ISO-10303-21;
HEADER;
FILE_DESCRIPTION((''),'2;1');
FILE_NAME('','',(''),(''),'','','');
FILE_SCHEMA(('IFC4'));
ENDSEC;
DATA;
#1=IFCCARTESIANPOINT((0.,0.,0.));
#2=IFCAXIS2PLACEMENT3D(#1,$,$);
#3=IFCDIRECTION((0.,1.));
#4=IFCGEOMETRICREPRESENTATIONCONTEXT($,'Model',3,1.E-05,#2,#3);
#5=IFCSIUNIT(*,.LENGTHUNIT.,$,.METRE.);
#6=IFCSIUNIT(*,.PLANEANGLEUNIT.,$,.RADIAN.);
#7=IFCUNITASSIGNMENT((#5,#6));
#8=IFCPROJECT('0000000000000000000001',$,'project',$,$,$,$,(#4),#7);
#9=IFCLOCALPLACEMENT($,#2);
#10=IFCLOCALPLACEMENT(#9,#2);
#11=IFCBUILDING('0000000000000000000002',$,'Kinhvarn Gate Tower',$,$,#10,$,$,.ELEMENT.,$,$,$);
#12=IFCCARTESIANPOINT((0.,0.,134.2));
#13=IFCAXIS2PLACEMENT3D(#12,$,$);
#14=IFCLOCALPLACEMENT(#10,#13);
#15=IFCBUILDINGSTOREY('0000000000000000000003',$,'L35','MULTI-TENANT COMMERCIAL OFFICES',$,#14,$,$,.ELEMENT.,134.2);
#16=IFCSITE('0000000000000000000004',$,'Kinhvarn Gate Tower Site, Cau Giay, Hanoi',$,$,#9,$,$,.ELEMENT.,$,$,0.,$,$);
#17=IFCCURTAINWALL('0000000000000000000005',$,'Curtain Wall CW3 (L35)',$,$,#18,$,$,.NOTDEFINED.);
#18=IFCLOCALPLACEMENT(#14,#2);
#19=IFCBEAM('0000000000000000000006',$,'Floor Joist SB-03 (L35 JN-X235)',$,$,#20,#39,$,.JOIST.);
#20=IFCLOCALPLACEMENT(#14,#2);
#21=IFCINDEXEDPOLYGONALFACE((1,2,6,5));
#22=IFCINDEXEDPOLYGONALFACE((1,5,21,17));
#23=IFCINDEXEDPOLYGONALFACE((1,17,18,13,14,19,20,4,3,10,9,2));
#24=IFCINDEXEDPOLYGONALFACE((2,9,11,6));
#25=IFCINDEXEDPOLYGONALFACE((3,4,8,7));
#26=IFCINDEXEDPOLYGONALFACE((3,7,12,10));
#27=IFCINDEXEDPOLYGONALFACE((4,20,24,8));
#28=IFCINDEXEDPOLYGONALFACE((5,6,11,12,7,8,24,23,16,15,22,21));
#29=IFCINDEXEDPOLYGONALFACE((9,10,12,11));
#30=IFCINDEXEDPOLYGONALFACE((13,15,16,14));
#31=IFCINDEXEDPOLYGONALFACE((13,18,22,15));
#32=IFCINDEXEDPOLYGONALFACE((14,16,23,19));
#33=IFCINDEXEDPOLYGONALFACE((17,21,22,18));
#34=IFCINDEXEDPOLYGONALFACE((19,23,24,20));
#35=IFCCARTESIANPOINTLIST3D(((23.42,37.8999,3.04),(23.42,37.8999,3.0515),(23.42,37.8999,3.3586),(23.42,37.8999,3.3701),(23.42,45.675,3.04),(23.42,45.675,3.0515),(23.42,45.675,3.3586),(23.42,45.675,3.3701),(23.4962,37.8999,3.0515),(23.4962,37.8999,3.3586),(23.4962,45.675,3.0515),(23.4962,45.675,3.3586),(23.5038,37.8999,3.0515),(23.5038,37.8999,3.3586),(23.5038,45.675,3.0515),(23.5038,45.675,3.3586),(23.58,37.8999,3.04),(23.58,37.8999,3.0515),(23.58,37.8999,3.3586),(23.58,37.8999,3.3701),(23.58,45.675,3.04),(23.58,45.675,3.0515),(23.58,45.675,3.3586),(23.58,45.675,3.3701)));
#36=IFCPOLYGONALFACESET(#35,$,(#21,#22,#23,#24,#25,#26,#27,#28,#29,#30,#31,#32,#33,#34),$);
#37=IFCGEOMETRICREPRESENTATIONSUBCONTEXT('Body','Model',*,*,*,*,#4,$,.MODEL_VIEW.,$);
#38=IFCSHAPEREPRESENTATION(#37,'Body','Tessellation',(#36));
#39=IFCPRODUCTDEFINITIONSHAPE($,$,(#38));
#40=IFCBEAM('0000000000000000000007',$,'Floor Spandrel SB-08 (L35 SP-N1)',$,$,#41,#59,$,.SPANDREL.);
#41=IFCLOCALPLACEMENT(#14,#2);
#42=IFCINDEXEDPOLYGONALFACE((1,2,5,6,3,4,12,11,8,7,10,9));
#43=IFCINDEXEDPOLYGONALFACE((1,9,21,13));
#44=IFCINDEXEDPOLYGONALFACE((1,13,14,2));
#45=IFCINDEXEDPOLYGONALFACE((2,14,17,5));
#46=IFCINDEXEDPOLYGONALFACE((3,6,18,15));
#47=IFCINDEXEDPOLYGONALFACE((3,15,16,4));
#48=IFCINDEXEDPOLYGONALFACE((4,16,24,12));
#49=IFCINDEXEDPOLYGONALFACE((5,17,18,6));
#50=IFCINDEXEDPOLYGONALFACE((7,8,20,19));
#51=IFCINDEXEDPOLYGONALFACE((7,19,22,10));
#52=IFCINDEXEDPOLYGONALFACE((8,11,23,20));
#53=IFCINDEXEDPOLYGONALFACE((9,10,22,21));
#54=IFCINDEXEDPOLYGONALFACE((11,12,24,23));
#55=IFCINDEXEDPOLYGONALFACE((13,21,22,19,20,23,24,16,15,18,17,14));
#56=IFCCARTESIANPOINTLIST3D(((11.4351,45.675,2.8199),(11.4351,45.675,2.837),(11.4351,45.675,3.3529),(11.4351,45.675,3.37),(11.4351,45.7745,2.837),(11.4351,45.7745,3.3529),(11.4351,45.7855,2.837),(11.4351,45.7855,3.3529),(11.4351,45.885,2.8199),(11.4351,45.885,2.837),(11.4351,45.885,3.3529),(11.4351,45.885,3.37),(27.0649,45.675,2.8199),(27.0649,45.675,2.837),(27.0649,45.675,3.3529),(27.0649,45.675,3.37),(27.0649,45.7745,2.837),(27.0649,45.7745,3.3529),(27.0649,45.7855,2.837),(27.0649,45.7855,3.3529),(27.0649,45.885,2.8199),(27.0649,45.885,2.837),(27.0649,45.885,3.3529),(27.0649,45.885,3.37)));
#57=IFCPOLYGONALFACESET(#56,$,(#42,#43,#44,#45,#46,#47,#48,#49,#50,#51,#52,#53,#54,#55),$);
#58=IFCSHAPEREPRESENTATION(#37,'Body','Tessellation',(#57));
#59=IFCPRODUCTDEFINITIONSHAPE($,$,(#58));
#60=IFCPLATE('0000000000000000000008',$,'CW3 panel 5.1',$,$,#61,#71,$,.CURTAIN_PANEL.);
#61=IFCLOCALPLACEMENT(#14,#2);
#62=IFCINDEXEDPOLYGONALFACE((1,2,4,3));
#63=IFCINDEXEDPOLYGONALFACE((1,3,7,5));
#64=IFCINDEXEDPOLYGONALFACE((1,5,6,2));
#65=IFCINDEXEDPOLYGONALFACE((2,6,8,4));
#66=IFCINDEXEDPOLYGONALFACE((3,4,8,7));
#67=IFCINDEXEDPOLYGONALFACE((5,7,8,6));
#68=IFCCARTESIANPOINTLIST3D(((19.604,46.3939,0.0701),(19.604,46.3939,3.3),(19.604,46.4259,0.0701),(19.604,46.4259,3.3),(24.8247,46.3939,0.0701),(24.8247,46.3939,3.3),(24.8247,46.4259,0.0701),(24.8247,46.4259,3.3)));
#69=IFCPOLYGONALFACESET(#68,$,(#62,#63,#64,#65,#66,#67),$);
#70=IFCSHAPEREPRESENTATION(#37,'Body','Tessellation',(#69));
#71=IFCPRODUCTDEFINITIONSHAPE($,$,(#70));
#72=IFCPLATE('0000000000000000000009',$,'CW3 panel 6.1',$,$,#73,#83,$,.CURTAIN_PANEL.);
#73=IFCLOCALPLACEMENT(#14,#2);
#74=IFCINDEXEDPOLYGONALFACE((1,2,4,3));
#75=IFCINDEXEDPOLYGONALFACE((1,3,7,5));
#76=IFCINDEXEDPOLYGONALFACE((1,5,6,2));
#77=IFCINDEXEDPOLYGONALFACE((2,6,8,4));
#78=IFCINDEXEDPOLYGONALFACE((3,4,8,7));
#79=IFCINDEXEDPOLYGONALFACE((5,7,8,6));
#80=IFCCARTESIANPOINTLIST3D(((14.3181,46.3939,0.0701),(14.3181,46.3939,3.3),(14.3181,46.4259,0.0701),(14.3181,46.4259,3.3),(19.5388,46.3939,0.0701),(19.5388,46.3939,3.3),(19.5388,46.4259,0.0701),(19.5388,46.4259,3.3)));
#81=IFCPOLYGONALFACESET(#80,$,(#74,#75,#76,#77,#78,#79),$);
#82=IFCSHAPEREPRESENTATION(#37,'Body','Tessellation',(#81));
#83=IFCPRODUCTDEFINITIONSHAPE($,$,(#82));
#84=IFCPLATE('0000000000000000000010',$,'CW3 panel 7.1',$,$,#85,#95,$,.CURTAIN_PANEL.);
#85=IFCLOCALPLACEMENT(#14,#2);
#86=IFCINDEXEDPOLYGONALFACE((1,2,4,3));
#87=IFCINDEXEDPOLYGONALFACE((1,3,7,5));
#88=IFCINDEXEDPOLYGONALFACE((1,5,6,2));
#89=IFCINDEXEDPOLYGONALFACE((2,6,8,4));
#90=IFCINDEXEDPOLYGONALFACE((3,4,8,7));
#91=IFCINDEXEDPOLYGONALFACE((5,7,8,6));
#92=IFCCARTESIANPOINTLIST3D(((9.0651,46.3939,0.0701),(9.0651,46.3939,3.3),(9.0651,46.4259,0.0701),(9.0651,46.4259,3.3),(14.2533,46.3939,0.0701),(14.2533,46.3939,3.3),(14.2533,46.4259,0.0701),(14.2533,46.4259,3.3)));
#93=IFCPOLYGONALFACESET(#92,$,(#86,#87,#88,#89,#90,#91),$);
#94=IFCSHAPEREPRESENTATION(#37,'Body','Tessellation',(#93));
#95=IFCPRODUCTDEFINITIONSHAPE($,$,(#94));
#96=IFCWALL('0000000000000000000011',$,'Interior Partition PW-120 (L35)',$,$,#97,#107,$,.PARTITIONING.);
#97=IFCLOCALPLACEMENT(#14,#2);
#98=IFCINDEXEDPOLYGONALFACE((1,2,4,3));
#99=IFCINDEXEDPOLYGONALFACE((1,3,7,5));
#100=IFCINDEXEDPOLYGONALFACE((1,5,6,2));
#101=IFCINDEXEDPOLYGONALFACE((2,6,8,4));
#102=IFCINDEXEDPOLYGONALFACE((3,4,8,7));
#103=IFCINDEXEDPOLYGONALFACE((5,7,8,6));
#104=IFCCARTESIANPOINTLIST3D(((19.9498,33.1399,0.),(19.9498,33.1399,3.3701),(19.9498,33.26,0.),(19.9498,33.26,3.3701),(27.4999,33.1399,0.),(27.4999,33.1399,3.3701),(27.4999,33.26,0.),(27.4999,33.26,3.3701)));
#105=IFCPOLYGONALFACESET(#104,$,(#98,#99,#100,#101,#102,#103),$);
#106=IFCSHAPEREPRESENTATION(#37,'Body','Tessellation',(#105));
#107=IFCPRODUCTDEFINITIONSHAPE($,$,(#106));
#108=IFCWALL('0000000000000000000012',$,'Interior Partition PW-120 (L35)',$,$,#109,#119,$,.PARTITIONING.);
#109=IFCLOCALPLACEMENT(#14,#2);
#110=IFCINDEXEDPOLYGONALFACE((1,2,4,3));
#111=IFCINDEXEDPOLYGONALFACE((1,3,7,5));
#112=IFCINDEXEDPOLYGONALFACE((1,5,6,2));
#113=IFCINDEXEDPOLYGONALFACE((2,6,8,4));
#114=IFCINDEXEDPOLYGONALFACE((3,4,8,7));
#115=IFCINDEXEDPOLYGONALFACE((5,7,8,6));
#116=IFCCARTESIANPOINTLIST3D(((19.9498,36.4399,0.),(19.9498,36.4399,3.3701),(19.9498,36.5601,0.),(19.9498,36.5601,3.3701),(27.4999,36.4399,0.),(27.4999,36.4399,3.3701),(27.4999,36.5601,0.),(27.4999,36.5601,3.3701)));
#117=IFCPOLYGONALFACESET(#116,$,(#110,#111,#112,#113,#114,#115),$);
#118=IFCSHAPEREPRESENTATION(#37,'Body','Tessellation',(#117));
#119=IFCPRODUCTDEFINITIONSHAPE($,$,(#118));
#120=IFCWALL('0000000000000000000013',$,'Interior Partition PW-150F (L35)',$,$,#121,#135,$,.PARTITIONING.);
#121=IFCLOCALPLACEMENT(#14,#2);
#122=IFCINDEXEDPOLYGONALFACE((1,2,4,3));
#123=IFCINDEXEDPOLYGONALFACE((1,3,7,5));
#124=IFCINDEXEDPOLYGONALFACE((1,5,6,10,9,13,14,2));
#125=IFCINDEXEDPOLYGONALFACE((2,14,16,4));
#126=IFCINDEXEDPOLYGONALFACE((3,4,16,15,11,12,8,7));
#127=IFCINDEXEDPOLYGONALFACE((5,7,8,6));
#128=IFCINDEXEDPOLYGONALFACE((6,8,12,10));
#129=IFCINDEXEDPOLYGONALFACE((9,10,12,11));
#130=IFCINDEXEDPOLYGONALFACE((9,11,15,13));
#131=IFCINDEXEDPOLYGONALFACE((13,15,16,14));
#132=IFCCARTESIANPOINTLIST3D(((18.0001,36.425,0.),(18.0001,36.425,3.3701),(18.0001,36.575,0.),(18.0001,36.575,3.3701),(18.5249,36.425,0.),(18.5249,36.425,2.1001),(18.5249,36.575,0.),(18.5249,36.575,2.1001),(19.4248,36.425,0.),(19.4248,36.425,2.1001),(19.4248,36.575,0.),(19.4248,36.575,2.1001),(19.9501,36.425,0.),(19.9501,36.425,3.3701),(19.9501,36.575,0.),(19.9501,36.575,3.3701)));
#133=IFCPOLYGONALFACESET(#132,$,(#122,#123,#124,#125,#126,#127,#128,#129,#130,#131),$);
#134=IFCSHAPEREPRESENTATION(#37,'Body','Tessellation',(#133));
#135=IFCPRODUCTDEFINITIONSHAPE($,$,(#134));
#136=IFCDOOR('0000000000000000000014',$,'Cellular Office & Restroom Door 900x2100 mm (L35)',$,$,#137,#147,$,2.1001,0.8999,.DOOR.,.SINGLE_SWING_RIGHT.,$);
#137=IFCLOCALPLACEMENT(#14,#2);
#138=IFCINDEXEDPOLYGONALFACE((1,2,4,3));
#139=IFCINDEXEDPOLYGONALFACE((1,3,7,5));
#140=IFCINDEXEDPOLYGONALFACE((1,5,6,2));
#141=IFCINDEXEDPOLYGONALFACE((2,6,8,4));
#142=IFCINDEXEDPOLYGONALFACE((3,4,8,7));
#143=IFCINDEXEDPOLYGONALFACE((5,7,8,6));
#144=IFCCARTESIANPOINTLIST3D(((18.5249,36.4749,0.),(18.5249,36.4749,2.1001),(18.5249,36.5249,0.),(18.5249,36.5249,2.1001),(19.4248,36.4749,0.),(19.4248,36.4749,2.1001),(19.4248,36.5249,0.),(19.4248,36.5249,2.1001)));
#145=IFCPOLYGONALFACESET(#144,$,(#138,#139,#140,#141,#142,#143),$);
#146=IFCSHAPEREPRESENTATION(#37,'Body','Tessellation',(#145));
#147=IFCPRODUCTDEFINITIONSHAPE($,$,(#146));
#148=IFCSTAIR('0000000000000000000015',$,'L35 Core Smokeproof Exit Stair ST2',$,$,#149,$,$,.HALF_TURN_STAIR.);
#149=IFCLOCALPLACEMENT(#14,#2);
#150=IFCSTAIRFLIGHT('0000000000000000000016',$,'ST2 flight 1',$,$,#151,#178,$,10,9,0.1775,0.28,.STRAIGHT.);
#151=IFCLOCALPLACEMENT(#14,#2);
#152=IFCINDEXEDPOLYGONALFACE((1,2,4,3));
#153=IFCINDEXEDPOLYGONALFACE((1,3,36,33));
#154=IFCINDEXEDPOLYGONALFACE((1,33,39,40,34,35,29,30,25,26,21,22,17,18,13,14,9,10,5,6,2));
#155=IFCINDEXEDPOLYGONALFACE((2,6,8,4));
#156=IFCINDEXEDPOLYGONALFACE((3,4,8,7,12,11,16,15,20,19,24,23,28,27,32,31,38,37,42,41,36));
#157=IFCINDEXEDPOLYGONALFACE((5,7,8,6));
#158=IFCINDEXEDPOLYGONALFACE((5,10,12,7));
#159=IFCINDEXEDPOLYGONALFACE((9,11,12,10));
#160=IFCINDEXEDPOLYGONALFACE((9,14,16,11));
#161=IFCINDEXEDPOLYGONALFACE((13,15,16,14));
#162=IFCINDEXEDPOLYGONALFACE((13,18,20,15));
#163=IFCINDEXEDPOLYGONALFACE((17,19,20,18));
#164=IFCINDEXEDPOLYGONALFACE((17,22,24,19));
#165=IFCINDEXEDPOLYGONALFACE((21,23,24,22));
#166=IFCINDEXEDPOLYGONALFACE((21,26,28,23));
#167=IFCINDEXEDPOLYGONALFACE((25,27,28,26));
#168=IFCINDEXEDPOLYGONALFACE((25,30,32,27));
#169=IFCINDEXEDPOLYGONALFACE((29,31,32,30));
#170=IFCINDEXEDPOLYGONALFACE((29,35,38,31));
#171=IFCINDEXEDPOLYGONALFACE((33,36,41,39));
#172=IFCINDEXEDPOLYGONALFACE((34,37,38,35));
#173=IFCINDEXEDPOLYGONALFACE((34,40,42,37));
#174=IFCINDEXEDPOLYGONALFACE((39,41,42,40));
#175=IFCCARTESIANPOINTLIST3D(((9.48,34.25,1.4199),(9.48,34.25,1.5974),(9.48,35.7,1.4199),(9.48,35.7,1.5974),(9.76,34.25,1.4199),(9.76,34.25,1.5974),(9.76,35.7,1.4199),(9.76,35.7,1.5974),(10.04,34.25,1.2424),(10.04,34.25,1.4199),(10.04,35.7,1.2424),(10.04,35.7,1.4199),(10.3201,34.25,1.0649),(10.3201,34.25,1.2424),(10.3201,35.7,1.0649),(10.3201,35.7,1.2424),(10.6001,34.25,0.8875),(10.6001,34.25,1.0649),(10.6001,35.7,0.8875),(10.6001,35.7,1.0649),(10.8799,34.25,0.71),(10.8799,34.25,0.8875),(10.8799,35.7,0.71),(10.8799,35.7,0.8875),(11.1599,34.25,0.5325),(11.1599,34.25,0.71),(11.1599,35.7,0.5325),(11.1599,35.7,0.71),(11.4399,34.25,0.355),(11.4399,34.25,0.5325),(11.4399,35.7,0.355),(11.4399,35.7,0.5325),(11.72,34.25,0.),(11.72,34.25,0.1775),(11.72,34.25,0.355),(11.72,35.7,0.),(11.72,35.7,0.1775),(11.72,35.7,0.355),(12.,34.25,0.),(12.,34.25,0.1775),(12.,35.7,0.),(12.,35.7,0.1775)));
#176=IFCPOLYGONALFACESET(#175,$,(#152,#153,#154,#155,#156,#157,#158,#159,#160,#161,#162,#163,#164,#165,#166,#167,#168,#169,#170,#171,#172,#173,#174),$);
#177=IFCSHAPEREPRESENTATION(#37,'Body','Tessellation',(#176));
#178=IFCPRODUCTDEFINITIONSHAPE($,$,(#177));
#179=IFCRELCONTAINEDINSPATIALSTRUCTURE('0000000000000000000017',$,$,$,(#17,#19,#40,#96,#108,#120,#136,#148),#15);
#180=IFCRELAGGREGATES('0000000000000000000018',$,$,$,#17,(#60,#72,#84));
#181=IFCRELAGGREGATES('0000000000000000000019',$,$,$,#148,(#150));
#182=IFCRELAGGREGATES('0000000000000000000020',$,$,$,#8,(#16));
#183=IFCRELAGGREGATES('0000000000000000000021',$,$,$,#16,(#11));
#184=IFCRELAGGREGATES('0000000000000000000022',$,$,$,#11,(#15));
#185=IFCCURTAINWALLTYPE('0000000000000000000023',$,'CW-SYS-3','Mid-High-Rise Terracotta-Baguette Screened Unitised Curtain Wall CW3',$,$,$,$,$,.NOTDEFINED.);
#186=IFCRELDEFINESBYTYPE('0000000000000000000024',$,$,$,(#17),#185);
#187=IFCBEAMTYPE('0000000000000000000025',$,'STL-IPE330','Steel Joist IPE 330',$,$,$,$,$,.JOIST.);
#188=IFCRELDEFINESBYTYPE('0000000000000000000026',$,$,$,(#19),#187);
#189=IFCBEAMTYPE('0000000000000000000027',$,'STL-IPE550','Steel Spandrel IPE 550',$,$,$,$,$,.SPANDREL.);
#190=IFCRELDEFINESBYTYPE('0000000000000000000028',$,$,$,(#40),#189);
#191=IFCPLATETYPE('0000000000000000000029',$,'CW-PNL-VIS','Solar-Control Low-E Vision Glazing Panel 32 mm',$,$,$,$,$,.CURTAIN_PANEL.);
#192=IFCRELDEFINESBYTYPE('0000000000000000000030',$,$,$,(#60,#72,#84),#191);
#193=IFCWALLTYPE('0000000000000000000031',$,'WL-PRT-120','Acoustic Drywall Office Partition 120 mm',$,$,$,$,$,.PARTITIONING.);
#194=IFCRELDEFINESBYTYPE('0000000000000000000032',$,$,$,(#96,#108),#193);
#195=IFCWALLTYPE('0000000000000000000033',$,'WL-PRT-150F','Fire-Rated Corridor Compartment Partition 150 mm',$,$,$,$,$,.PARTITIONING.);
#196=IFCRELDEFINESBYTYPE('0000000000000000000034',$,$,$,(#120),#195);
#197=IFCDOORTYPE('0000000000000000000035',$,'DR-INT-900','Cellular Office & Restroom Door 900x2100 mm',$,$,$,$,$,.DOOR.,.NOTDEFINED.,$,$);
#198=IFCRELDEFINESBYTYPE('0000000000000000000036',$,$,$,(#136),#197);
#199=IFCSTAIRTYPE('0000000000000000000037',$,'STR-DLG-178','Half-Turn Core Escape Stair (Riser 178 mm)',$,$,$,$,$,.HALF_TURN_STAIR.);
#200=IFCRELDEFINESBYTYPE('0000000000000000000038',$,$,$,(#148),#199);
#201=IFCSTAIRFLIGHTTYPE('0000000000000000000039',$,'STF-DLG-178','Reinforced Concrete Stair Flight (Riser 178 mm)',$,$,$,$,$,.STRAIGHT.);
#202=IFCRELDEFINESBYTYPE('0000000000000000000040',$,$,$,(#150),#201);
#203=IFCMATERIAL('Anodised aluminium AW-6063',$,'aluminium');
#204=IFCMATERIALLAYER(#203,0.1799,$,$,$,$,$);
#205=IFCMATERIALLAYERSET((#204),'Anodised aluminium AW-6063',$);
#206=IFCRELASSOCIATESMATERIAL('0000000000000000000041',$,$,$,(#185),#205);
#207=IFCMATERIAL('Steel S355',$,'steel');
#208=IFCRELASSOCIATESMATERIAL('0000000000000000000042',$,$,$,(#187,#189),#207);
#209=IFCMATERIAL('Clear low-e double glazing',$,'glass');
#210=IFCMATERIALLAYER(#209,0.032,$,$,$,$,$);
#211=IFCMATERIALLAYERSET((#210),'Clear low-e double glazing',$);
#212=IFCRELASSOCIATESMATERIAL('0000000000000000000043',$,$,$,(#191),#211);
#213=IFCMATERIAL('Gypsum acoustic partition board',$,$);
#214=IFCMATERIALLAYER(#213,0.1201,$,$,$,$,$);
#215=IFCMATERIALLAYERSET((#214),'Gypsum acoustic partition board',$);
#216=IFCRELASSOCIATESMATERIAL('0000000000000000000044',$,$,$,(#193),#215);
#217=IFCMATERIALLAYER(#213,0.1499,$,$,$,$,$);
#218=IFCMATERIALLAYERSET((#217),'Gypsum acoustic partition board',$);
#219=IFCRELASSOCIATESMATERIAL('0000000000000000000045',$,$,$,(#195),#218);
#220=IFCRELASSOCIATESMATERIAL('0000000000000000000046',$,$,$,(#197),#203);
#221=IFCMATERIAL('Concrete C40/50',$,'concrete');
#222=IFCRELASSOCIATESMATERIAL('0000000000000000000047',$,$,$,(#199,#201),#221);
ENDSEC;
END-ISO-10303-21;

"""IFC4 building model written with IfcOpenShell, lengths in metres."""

from ifc_helpers import new_model, si_unit, direction, frame, frame_2d, origin, origin_2d, place, context, subcontext, project, spatial, polyline, rectangle, i_section, outline, extrude, material, layer, layer_set, material_profile, profile_set, type_object, element, fill, aggregate, save


model = new_model("IFC4")

# Units and contexts
model_context = context("Model", 3, precision=1e-05, world=origin(), true_north=direction((0.0, 1.0)))
body_context = subcontext(model_context, "Body", "Model", "MODEL_VIEW")
ifc_project = project(units=[si_unit("LENGTHUNIT", "METRE"), si_unit("PLANEANGLEUNIT", "RADIAN")], contexts=[model_context])

# Site, building, storey
site_placement = place(None, origin())
site = spatial("IfcSite", under=ifc_project, at=site_placement, Name="Kinhvarn Gate Tower Site, Cau Giay, Hanoi", CompositionType="ELEMENT", RefElevation=0.0)
building_placement = place(site_placement, origin())
building = spatial("IfcBuilding", under=site, at=building_placement, Name="Kinhvarn Gate Tower", CompositionType="ELEMENT")
storey_placement = place(building_placement, frame((0.0, 0.0, 134.2)))
storey = spatial("IfcBuildingStorey", under=building, at=storey_placement, Name="L35", Description="MULTI-TENANT COMMERCIAL OFFICES", CompositionType="ELEMENT", Elevation=134.2)

# Curtain wall
ifc_material_1 = material(Name="Anodised aluminium AW-6063", Category="aluminium")
ifc_layer_1 = layer(ifc_material_1, 0.1799)
ifc_layer_set_1 = layer_set([ifc_layer_1], Name="Anodised aluminium AW-6063")
curtain_wall_type = type_object("IfcCurtainWallType", Name="CW-SYS-3", Description="Mid-High-Rise Terracotta-Baguette Screened Unitised Curtain Wall CW3", PredefinedType="NOTDEFINED", material=ifc_layer_set_1)
curtain_wall_placement = place(storey_placement, origin())
curtain_wall = element("IfcCurtainWall", 1, at=curtain_wall_placement, inside=storey, type_object=curtain_wall_type, Name="Curtain Wall CW3 (L35)", PredefinedType="NOTDEFINED")

# Beams
ifc_material_2 = material(Name="Steel S355", Category="steel")
ifc_material_profile_1 = material_profile(ifc_material_2, i_section(OverallWidth=0.1599, OverallDepth=0.3301, WebThickness=0.0076, FlangeThickness=0.0115, at=origin_2d()), Name="IPE 330")
ifc_profile_set_1 = profile_set([ifc_material_profile_1], Name="Steel S355")
beam_type_1 = type_object("IfcBeamType", Name="STL-IPE330", Description="Steel Joist IPE 330", PredefinedType="JOIST", material=ifc_profile_set_1)
for number, where, z_axis, x_axis, name in (
    (2, (23.5, 37.8999, 3.2051), (0.0, 1.0, 0.0), (-1.0, 0.0, 0.0), "Floor Joist SB-03 (L35 JN-X235)"),
):
    element("IfcBeam", number, at=place(storey_placement, frame(where, z_axis=z_axis, x_axis=x_axis)), inside=storey, type_object=beam_type_1, Name=name, PredefinedType="JOIST", context=body_context, shape_type="SweptSolid", body=[
        extrude(i_section(OverallWidth=0.1599, OverallDepth=0.3301, WebThickness=0.0076, FlangeThickness=0.0115, at=origin_2d()), origin(), (0.0, 0.0, 1.0), 7.7751),
    ])
ifc_material_profile_2 = material_profile(ifc_material_2, i_section(OverallWidth=0.21, OverallDepth=0.55, WebThickness=0.011, FlangeThickness=0.0171, at=origin_2d()), Name="IPE 550")
ifc_profile_set_2 = profile_set([ifc_material_profile_2], Name="Steel S355")
beam_type_2 = type_object("IfcBeamType", Name="STL-IPE550", Description="Steel Spandrel IPE 550", PredefinedType="SPANDREL", material=ifc_profile_set_2)
beam_1_placement = place(storey_placement, frame((11.4351, 45.78, 3.095), z_axis=(1.0, 0.0, 0.0), x_axis=(0.0, 1.0, 0.0)))
element("IfcBeam", 3, at=beam_1_placement, inside=storey, type_object=beam_type_2, Name="Floor Spandrel SB-08 (L35 SP-N1)", PredefinedType="SPANDREL", context=body_context, shape_type="SweptSolid", body=[
    extrude(i_section(OverallWidth=0.21, OverallDepth=0.55, WebThickness=0.011, FlangeThickness=0.0171, at=origin_2d()), origin(), (0.0, 0.0, 1.0), 15.6299),
])

# Plates
ifc_material_3 = material(Name="Clear low-e double glazing", Category="glass")
ifc_layer_2 = layer(ifc_material_3, 0.032)
ifc_layer_set_2 = layer_set([ifc_layer_2], Name="Clear low-e double glazing")
plate_type = type_object("IfcPlateType", Name="CW-PNL-VIS", Description="Solar-Control Low-E Vision Glazing Panel 32 mm", PredefinedType="CURTAIN_PANEL", material=ifc_layer_set_2)
plate_1_placement = place(storey_placement, frame((22.2144, 46.4099, 0.0701), z_axis=(0.0, 0.0, 1.0), x_axis=(-1.0, 0.0, 0.0)))
plate_1 = element("IfcPlate", 4, at=plate_1_placement, type_object=plate_type, Name="CW3 panel 5.1", PredefinedType="CURTAIN_PANEL", context=body_context, shape_type="SweptSolid", body=[
    extrude(rectangle(XDim=5.2207, YDim=0.032, at=origin_2d()), origin(), (0.0, 0.0, 1.0), 3.23),
])
plate_2_placement = place(storey_placement, frame((16.9285, 46.4099, 0.0701), z_axis=(0.0, 0.0, 1.0), x_axis=(-1.0, 0.0, 0.0)))
plate_2 = element("IfcPlate", 5, at=plate_2_placement, type_object=plate_type, Name="CW3 panel 6.1", PredefinedType="CURTAIN_PANEL", context=body_context, shape_type="SweptSolid", body=[
    extrude(rectangle(XDim=5.2207, YDim=0.032, at=origin_2d()), origin(), (0.0, 0.0, 1.0), 3.23),
])
plate_3_placement = place(storey_placement, frame((11.6592, 46.4099, 0.0701), z_axis=(0.0, 0.0, 1.0), x_axis=(-1.0, 0.0, 0.0)))
plate_3 = element("IfcPlate", 6, at=plate_3_placement, type_object=plate_type, Name="CW3 panel 7.1", PredefinedType="CURTAIN_PANEL", context=body_context, shape_type="SweptSolid", body=[
    extrude(rectangle(XDim=5.1882, YDim=0.032, at=origin_2d()), origin(), (0.0, 0.0, 1.0), 3.23),
])
aggregate(curtain_wall, [plate_1, plate_2, plate_3])

# Walls
ifc_material_4 = material(Name="Gypsum acoustic partition board")
ifc_layer_3 = layer(ifc_material_4, 0.1201)
ifc_layer_set_3 = layer_set([ifc_layer_3], Name="Gypsum acoustic partition board")
wall_type_1 = type_object("IfcWallType", Name="WL-PRT-120", Description="Acoustic Drywall Office Partition 120 mm", PredefinedType="PARTITIONING", material=ifc_layer_set_3)
for number, where, z_axis, x_axis, name in (
    (7, (19.95, 33.2, 0.0), (0.0, 0.0, 1.0), (1.0, 0.0, 0.0), "Interior Partition PW-120 (L35)"),
    (8, (19.95, 36.5, 0.0), (0.0, 0.0, 1.0), (1.0, 0.0, 0.0), "Interior Partition PW-120 (L35)"),
):
    element("IfcWall", number, at=place(storey_placement, frame(where, z_axis=z_axis, x_axis=x_axis)), inside=storey, type_object=wall_type_1, Name=name, PredefinedType="PARTITIONING", context=body_context, shape_type="SweptSolid", body=[
        extrude(rectangle(XDim=7.55, YDim=0.1201, at=frame_2d((3.7749, 0.0))), origin(), (0.0, 0.0, 1.0), 3.3701),
    ])

# Wall, opening, door
ifc_layer_4 = layer(ifc_material_4, 0.1499)
ifc_layer_set_4 = layer_set([ifc_layer_4], Name="Gypsum acoustic partition board")
wall_type_2 = type_object("IfcWallType", Name="WL-PRT-150F", Description="Fire-Rated Corridor Compartment Partition 150 mm", PredefinedType="PARTITIONING", material=ifc_layer_set_4)
wall_1_placement = place(storey_placement, frame((18.0, 36.5, 0.0), z_axis=(0.0, 0.0, 1.0), x_axis=(1.0, 0.0, 0.0)))
wall_1 = element("IfcWall", 9, at=wall_1_placement, inside=storey, type_object=wall_type_2, Name="Interior Partition PW-150F (L35)", PredefinedType="PARTITIONING", context=body_context, shape_type="SweptSolid", body=[
    extrude(rectangle(XDim=1.95, YDim=0.1499, at=frame_2d((0.9751, 0.0))), origin(), (0.0, 0.0, 1.0), 3.3701),
])
opening_1_placement = place(wall_1_placement, frame((0.5249, 0.0, 0.0)))
opening_1 = element("IfcOpeningElement", 10, at=opening_1_placement, cuts=wall_1, PredefinedType="OPENING", context=body_context, shape_type="SweptSolid", body=[
    extrude(rectangle(XDim=0.8999, YDim=2.1001, at=frame_2d((0.45, 1.05))), frame((0.0, 0.085, 0.0), z_axis=(0.0, -1.0, 0.0), x_axis=(1.0, 0.0, 0.0)), (0.0, 0.0, 1.0), 0.1699),
])
door_type_1 = type_object("IfcDoorType", Name="DR-INT-900", Description="Cellular Office & Restroom Door 900x2100 mm", OperationType="NOTDEFINED", PredefinedType="DOOR", material=ifc_material_1)
door_1_placement = place(opening_1_placement, origin())
door_1 = element("IfcDoor", 11, at=door_1_placement, inside=storey, type_object=door_type_1, Name="Cellular Office & Restroom Door 900x2100 mm (L35)", OperationType="SINGLE_SWING_RIGHT", OverallHeight=2.1001, OverallWidth=0.8999, PredefinedType="DOOR", context=body_context, shape_type="SweptSolid", body=[
    extrude(rectangle(XDim=0.8999, YDim=2.1001, at=frame_2d((0.45, 1.05))), frame((0.0, 0.0249, 0.0), z_axis=(0.0, -1.0, 0.0), x_axis=(1.0, 0.0, 0.0)), (0.0, 0.0, 1.0), 0.05),
])
fill(opening_1, door_1)
ifc_material_5 = material(Name="Concrete C40/50", Category="concrete")

# Stair, stair flight
stair_type = type_object("IfcStairType", Name="STR-DLG-178", Description="Half-Turn Core Escape Stair (Riser 178 mm)", PredefinedType="HALF_TURN_STAIR", material=ifc_material_5)
stair_placement = place(storey_placement, origin())
stair = element("IfcStair", 12, at=stair_placement, inside=storey, type_object=stair_type, Name="L35 Core Smokeproof Exit Stair ST2", PredefinedType="HALF_TURN_STAIR")
stair_flight_type = type_object("IfcStairFlightType", Name="STF-DLG-178", Description="Reinforced Concrete Stair Flight (Riser 178 mm)", PredefinedType="STRAIGHT", material=ifc_material_5)
stair_flight_placement = place(storey_placement, frame((12.0, 34.9751, 0.0), z_axis=(0.0, 0.0, 1.0), x_axis=(-1.0, 0.0, 0.0)))
stair_flight = element("IfcStairFlight", 13, at=stair_flight_placement, type_object=stair_flight_type, Name="ST2 flight 1", NumberOfRisers=10, NumberOfTreads=9, PredefinedType="STRAIGHT", RiserHeight=0.1775, TreadLength=0.28, context=body_context, shape_type="SweptSolid", body=[
    extrude(outline(polyline([(0.0, 0.0), (0.0, 0.1775), (0.28, 0.1775), (0.28, 0.355), (0.5601, 0.355), (0.5601, 0.5325), (0.8401, 0.5325), (0.8401, 0.71), (1.1201, 0.71), (1.1201, 0.8875), (1.3999, 0.8875), (1.3999, 1.0649), (1.6799, 1.0649), (1.6799, 1.2424), (1.96, 1.2424), (1.96, 1.4199), (2.24, 1.4199), (2.24, 1.5974), (2.52, 1.5974), (2.52, 1.7749), (2.52, 1.4199), (0.28, 0.0), (0.0, 0.0)])), frame((0.0, 0.7251, 0.0), z_axis=(0.0, -1.0, 0.0), x_axis=(1.0, 0.0, 0.0)), (0.0, 0.0, 1.0), 1.45),
])
aggregate(stair, [stair_flight])

save(model, "model.ifc")
